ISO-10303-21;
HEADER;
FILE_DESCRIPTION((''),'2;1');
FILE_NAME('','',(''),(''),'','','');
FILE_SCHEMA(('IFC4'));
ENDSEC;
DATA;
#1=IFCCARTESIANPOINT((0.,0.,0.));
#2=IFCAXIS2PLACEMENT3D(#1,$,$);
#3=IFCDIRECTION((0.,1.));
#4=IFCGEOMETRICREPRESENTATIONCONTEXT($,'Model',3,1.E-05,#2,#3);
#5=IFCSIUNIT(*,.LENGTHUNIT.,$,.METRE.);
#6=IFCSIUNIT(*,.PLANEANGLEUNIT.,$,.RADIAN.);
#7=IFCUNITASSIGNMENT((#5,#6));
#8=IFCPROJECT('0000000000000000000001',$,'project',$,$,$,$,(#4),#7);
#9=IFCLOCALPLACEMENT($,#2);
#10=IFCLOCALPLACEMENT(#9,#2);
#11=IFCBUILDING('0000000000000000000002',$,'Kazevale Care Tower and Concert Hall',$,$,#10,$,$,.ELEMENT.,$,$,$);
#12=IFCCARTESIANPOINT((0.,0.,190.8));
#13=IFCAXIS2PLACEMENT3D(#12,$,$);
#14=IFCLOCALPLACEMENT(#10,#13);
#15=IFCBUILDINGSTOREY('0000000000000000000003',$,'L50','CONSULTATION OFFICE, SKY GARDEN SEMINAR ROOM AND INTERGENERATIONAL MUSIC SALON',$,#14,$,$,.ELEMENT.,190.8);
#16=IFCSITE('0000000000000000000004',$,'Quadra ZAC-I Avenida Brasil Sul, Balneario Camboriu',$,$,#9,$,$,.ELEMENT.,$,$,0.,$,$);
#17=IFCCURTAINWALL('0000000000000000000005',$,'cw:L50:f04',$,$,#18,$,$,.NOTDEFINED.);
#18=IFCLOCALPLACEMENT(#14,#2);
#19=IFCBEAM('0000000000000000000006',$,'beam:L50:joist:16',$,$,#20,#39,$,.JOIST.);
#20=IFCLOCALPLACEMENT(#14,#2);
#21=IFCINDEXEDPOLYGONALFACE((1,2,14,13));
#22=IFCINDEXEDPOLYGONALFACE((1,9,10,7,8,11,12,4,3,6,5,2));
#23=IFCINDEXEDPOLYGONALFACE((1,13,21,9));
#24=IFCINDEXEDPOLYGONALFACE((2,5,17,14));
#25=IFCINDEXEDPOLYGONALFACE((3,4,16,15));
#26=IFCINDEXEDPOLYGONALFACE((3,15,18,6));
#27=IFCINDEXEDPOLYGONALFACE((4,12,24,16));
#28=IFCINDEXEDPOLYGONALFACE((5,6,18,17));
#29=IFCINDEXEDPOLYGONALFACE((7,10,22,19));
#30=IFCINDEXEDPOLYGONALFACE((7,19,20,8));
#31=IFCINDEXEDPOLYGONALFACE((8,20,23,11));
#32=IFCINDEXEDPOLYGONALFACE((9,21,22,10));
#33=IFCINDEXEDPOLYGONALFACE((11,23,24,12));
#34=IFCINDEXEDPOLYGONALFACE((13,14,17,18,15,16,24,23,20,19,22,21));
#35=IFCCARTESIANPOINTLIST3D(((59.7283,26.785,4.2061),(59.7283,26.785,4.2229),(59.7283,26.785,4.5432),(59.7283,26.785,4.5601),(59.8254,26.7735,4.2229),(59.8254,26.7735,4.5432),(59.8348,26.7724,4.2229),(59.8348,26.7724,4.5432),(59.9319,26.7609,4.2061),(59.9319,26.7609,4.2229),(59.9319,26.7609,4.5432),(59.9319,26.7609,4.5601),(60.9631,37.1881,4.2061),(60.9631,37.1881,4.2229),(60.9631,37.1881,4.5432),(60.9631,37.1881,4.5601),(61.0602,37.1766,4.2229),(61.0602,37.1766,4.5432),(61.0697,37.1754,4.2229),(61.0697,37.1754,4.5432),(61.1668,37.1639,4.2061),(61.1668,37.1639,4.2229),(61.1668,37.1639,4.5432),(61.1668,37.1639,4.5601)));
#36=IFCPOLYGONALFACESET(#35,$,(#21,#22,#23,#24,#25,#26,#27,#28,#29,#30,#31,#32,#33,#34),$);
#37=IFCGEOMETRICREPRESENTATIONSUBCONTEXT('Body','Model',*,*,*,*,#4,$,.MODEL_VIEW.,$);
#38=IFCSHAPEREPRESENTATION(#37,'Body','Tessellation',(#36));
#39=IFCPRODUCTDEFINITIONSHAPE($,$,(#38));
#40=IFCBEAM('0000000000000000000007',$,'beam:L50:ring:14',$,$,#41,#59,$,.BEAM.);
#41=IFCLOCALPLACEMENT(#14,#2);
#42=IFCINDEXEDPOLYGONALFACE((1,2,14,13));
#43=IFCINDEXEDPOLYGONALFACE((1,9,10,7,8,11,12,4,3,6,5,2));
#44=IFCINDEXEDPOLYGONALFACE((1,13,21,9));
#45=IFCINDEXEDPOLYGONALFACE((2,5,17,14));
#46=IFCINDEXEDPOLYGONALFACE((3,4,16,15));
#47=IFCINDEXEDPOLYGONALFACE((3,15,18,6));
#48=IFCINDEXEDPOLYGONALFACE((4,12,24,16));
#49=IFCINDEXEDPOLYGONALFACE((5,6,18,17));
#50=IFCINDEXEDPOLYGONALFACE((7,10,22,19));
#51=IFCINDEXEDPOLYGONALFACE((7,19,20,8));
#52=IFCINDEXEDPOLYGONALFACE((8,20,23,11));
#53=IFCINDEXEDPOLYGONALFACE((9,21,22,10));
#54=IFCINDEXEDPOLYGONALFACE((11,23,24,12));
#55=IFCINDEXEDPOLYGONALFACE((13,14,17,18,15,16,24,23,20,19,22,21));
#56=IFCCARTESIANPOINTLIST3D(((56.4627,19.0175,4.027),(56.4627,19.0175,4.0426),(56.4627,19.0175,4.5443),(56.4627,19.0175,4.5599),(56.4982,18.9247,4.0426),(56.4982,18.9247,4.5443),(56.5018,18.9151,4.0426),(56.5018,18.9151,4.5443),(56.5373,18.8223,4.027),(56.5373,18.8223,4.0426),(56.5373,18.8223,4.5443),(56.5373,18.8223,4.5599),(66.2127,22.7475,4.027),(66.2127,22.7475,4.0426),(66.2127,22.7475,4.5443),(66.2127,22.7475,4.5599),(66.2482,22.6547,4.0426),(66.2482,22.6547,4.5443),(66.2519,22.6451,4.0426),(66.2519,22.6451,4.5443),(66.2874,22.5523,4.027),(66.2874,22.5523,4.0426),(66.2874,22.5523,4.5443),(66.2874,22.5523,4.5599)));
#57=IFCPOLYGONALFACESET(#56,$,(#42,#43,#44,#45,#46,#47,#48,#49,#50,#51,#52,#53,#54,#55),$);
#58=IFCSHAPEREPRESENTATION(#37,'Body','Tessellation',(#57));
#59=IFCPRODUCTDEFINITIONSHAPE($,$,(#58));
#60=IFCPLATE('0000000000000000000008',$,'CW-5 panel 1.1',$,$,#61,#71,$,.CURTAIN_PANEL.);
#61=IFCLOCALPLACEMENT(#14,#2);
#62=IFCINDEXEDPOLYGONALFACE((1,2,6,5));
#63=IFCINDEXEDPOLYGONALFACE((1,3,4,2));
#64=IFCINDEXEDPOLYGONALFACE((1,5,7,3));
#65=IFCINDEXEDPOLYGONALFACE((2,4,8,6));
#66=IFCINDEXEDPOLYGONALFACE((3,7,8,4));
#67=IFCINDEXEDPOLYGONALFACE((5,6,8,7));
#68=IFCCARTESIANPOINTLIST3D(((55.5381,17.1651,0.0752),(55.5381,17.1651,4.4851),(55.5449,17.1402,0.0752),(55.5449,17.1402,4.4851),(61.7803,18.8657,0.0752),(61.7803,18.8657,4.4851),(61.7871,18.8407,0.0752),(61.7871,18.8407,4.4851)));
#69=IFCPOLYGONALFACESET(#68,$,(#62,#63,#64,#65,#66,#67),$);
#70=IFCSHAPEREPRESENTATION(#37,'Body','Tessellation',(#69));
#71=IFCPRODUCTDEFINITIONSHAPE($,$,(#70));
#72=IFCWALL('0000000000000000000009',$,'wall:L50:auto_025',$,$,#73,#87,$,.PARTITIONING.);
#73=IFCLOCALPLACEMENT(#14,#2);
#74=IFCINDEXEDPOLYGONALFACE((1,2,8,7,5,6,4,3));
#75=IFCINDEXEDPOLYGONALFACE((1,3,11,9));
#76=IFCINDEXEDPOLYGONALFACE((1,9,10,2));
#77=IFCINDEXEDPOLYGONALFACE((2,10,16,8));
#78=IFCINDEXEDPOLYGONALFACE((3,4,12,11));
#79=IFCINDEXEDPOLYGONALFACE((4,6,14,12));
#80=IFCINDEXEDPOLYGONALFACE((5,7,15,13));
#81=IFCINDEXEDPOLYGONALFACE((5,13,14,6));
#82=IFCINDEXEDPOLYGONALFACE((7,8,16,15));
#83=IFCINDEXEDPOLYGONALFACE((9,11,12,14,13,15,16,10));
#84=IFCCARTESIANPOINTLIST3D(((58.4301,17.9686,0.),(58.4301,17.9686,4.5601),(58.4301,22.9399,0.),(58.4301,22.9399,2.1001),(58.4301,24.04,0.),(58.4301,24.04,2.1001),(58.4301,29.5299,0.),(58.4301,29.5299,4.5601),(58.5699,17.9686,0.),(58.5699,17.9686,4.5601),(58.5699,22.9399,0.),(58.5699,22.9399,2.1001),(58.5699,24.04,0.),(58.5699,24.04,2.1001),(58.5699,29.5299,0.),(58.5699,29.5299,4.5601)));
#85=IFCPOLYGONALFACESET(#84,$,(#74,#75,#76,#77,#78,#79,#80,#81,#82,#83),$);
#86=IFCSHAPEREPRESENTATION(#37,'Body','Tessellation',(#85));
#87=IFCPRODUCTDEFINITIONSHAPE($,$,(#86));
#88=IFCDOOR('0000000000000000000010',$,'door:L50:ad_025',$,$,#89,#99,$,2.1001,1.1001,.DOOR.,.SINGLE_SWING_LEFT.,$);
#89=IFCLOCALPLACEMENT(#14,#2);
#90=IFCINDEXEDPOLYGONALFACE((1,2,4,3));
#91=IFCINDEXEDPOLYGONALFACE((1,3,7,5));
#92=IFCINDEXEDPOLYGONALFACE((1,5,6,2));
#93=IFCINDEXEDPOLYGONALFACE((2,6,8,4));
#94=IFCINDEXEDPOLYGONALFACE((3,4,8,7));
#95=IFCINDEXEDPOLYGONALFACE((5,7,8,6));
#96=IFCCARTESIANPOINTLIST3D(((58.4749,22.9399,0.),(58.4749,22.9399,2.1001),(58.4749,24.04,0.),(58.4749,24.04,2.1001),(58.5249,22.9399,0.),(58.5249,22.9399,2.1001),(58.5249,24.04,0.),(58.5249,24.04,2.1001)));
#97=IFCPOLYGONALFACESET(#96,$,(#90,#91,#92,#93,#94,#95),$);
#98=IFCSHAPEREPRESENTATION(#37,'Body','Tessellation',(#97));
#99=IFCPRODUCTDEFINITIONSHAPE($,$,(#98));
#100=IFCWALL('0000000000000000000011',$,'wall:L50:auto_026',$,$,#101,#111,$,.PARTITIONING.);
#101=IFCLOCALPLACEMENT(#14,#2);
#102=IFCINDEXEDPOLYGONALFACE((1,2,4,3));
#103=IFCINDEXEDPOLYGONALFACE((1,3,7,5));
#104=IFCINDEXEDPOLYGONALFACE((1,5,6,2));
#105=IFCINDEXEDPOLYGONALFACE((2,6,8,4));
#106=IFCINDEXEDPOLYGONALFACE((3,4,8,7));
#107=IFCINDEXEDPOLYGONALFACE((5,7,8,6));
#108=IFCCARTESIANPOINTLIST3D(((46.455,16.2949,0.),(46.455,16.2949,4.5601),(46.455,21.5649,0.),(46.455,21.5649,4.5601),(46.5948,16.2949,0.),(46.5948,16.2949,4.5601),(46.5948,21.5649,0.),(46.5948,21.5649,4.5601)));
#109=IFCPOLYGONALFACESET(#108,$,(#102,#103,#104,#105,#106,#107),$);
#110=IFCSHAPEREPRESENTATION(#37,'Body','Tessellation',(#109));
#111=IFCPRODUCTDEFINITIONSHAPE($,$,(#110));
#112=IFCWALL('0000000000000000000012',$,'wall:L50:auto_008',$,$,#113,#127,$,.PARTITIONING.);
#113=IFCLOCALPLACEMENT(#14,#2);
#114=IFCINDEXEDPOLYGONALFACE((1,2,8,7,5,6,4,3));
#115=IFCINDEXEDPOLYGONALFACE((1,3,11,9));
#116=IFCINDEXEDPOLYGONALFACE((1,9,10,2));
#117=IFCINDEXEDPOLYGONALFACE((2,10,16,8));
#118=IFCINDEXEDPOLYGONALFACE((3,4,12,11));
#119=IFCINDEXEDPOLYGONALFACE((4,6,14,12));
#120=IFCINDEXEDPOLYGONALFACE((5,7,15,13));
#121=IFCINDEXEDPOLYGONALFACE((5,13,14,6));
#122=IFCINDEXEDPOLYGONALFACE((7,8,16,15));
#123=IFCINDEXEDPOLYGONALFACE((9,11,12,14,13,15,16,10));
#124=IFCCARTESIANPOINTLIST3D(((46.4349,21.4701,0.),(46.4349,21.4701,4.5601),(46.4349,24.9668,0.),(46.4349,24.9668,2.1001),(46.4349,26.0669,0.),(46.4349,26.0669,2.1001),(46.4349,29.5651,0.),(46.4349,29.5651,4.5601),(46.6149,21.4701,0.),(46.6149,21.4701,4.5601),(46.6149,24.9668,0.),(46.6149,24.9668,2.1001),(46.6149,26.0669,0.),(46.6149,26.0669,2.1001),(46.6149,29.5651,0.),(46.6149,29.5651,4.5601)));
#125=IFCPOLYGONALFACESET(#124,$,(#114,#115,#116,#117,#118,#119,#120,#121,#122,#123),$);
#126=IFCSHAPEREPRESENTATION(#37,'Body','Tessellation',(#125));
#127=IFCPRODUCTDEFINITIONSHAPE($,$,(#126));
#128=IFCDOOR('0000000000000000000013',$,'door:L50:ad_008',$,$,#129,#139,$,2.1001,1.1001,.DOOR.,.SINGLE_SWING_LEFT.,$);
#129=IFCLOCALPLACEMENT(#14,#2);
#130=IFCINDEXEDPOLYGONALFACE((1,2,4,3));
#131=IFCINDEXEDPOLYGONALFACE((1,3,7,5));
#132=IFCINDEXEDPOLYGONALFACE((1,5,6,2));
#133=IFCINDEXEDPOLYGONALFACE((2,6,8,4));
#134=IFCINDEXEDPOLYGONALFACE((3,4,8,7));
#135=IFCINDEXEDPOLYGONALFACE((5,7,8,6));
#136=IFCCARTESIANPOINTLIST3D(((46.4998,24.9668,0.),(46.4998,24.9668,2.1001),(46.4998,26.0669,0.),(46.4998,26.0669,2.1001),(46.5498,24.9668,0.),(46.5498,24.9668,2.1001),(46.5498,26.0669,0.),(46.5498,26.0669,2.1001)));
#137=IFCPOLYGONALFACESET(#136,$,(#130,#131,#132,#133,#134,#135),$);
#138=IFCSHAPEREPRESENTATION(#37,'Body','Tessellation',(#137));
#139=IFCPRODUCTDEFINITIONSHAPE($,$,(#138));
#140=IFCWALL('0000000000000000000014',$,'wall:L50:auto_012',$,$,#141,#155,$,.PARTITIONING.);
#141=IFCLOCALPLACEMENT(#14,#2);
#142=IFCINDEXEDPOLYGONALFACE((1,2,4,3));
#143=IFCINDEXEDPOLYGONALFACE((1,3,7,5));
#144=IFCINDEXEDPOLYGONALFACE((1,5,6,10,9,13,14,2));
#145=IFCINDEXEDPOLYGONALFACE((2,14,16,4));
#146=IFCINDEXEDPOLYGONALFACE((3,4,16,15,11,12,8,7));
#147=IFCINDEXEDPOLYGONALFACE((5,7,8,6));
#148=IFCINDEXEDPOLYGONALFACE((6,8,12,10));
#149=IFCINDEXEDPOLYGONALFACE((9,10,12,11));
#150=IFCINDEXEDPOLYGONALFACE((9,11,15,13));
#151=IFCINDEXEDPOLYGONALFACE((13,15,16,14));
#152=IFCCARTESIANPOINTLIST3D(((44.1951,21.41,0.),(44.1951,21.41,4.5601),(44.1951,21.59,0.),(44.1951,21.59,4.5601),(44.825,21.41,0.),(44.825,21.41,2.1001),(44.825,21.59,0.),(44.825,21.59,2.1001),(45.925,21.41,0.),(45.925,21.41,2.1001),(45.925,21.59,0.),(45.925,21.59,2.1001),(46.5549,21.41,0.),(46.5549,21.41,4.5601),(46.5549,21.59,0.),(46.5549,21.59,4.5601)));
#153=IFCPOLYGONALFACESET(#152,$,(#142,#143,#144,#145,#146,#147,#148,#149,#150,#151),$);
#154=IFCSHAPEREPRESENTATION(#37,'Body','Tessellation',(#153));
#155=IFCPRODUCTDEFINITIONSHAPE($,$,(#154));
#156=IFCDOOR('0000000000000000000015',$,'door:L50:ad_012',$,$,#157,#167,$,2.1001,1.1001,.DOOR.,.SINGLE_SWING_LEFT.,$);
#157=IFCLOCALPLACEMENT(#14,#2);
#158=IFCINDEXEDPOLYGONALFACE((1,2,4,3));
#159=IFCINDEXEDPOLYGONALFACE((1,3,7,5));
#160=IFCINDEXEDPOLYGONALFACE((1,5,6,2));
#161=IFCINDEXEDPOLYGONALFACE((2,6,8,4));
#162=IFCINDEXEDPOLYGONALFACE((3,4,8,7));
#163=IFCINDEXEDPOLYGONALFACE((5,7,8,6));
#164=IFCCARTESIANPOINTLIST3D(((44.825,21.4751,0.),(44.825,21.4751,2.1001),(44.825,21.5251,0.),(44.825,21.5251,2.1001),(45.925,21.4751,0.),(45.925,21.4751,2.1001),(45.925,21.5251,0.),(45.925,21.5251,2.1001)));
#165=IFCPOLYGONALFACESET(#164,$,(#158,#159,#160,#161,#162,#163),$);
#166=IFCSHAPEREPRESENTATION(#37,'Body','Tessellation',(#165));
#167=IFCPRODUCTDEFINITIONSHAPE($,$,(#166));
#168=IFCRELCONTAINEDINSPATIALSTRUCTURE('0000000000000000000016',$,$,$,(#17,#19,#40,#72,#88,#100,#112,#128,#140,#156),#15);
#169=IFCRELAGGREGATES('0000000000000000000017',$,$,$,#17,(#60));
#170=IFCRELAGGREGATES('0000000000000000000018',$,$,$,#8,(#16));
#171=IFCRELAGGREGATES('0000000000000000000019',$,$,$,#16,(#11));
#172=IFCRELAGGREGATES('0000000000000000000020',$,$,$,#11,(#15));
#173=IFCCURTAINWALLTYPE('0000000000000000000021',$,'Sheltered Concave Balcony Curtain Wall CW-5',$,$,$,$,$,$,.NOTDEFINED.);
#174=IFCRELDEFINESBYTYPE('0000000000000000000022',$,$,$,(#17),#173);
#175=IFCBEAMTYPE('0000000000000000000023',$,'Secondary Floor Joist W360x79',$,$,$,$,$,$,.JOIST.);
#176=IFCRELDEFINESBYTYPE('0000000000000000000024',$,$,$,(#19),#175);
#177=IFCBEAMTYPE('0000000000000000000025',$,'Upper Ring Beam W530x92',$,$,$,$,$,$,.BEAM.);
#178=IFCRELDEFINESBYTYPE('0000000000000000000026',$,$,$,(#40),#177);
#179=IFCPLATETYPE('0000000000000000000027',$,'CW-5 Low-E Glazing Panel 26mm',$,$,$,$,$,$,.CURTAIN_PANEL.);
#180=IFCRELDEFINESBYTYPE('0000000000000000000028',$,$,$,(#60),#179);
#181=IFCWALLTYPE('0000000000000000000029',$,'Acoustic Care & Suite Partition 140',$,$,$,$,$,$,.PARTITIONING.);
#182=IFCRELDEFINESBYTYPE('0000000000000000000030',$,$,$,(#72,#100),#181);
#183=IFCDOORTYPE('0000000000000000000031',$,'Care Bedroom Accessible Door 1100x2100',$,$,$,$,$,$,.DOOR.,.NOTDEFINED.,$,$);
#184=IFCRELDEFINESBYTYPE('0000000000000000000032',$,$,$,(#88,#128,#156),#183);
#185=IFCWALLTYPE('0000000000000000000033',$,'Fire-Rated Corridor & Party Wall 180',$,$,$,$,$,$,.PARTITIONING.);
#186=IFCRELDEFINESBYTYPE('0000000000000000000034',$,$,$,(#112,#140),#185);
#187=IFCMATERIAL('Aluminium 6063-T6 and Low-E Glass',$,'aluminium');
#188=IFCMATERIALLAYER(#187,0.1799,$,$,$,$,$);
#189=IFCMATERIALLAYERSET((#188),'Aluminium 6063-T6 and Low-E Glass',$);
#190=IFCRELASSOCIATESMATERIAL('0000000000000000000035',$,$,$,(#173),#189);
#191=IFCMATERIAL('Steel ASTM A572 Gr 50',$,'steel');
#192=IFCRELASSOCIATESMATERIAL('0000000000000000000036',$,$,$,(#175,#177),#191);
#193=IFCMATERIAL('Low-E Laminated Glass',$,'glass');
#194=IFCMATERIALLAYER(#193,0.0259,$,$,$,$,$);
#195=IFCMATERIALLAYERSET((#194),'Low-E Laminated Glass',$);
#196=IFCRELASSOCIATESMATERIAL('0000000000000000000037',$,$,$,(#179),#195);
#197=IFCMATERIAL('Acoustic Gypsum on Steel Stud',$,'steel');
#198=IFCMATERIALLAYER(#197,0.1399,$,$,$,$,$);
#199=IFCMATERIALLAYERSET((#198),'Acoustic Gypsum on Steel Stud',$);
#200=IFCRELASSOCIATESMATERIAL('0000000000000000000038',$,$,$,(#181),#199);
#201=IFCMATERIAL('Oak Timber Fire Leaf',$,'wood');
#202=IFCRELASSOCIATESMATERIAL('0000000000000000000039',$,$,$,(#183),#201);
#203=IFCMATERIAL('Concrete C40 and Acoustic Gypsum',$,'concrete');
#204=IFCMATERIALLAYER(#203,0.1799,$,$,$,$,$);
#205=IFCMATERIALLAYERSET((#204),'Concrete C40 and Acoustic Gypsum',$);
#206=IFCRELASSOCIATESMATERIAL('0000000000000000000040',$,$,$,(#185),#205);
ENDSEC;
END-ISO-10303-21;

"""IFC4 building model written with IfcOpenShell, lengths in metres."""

from ifc_helpers import new_model, si_unit, direction, frame, frame_2d, origin, origin_2d, place, context, subcontext, project, spatial, rectangle, i_section, extrude, material, layer, layer_set, material_profile, profile_set, type_object, element, fill, aggregate, save


model = new_model("IFC4")

# Units and contexts
model_context = context("Model", 3, precision=1e-05, world=origin(), true_north=direction((0.0, 1.0)))
body_context = subcontext(model_context, "Body", "Model", "MODEL_VIEW")
ifc_project = project(units=[si_unit("LENGTHUNIT", "METRE"), si_unit("PLANEANGLEUNIT", "RADIAN")], contexts=[model_context])

# Site, building, storey
site_placement = place(None, origin())
site = spatial("IfcSite", under=ifc_project, at=site_placement, Name="Quadra ZAC-I Avenida Brasil Sul, Balneario Camboriu", CompositionType="ELEMENT", RefElevation=0.0)
building_placement = place(site_placement, origin())
building = spatial("IfcBuilding", under=site, at=building_placement, Name="Kazevale Care Tower and Concert Hall", CompositionType="ELEMENT")
storey_placement = place(building_placement, frame((0.0, 0.0, 190.8)))
storey = spatial("IfcBuildingStorey", under=building, at=storey_placement, Name="L50", Description="CONSULTATION OFFICE, SKY GARDEN SEMINAR ROOM AND INTERGENERATIONAL MUSIC SALON", CompositionType="ELEMENT", Elevation=190.8)

# Curtain wall
ifc_material_1 = material(Name="Aluminium 6063-T6 and Low-E Glass", Category="aluminium")
ifc_layer_1 = layer(ifc_material_1, 0.1799)
ifc_layer_set_1 = layer_set([ifc_layer_1], Name="Aluminium 6063-T6 and Low-E Glass")
curtain_wall_type = type_object("IfcCurtainWallType", Name="Sheltered Concave Balcony Curtain Wall CW-5", PredefinedType="NOTDEFINED", material=ifc_layer_set_1)
curtain_wall_1_placement = place(storey_placement, origin())
curtain_wall_1 = element("IfcCurtainWall", 1, at=curtain_wall_1_placement, inside=storey, type_object=curtain_wall_type, Name="cw:L50:f04", PredefinedType="NOTDEFINED")

# Beams
ifc_material_2 = material(Name="Steel ASTM A572 Gr 50", Category="steel")
ifc_material_profile_1 = material_profile(ifc_material_2, i_section(OverallWidth=0.2051, OverallDepth=0.354, WebThickness=0.0095, FlangeThickness=0.0168, at=origin_2d()), Name="W360x79")
ifc_profile_set_1 = profile_set([ifc_material_profile_1], Name="Steel ASTM A572 Gr 50")
beam_type_1 = type_object("IfcBeamType", Name="Secondary Floor Joist W360x79", PredefinedType="JOIST", material=ifc_profile_set_1)
beam_1_placement = place(storey_placement, frame((59.8301, 26.7729, 4.3831), z_axis=(0.117874, 0.993029, 0.0), x_axis=(-0.993029, 0.117874, 0.0)))
element("IfcBeam", 2, at=beam_1_placement, inside=storey, type_object=beam_type_1, Name="beam:L50:joist:16", PredefinedType="JOIST", context=body_context, shape_type="SweptSolid", body=[
    extrude(i_section(OverallWidth=0.2051, OverallDepth=0.354, WebThickness=0.0095, FlangeThickness=0.0168, at=origin_2d()), origin(), (0.0, 0.0, 1.0), 10.4761),
])
ifc_material_profile_2 = material_profile(ifc_material_2, i_section(OverallWidth=0.209, OverallDepth=0.533, WebThickness=0.0103, FlangeThickness=0.0156, at=origin_2d()), Name="W530x92")
ifc_profile_set_2 = profile_set([ifc_material_profile_2], Name="Steel ASTM A572 Gr 50")
beam_type_2 = type_object("IfcBeamType", Name="Upper Ring Beam W530x92", PredefinedType="BEAM", material=ifc_profile_set_2)
beam_2_placement = place(storey_placement, frame((56.5, 18.9199, 4.2935), z_axis=(0.933987, 0.357308, 0.0), x_axis=(-0.357308, 0.933987, 0.0)))
element("IfcBeam", 3, at=beam_2_placement, inside=storey, type_object=beam_type_2, Name="beam:L50:ring:14", PredefinedType="BEAM", context=body_context, shape_type="SweptSolid", body=[
    extrude(i_section(OverallWidth=0.209, OverallDepth=0.533, WebThickness=0.0103, FlangeThickness=0.0156, at=origin_2d()), origin(), (0.0, 0.0, 1.0), 10.4392),
])

# Plate
ifc_material_3 = material(Name="Low-E Laminated Glass", Category="glass")
ifc_layer_2 = layer(ifc_material_3, 0.0259)
ifc_layer_set_2 = layer_set([ifc_layer_2], Name="Low-E Laminated Glass")
plate_type = type_object("IfcPlateType", Name="CW-5 Low-E Glazing Panel 26mm", PredefinedType="CURTAIN_PANEL", material=ifc_layer_set_2)
plate_placement = place(storey_placement, frame((58.6626, 18.0029, 0.0752), z_axis=(0.0, 0.0, 1.0), x_axis=(-0.964837, -0.262849, 0.0)))
plate = element("IfcPlate", 4, at=plate_placement, type_object=plate_type, Name="CW-5 panel 1.1", PredefinedType="CURTAIN_PANEL", context=body_context, shape_type="SweptSolid", body=[
    extrude(rectangle(XDim=6.4697, YDim=0.0259, at=origin_2d()), origin(), (0.0, 0.0, 1.0), 4.4099),
])
aggregate(curtain_wall_1, [plate])

# Wall, opening, door
ifc_material_4 = material(Name="Acoustic Gypsum on Steel Stud", Category="steel")
ifc_layer_3 = layer(ifc_material_4, 0.1399)
ifc_layer_set_3 = layer_set([ifc_layer_3], Name="Acoustic Gypsum on Steel Stud")
wall_type_1 = type_object("IfcWallType", Name="Acoustic Care & Suite Partition 140", PredefinedType="PARTITIONING", material=ifc_layer_set_3)
wall_1_placement = place(storey_placement, frame((58.5, 29.53, 0.0), z_axis=(0.0, 0.0, 1.0), x_axis=(0.0, -1.0, 0.0)))
wall_1 = element("IfcWall", 5, at=wall_1_placement, inside=storey, type_object=wall_type_1, Name="wall:L50:auto_025", PredefinedType="PARTITIONING", context=body_context, shape_type="SweptSolid", body=[
    extrude(rectangle(XDim=11.5613, YDim=0.1399, at=frame_2d((5.7808, 0.0))), origin(), (0.0, 0.0, 1.0), 4.5601),
])
opening_1_placement = place(wall_1_placement, frame((5.49, 0.0, 0.0)))
opening_1 = element("IfcOpeningElement", 6, at=opening_1_placement, cuts=wall_1, PredefinedType="OPENING", context=body_context, shape_type="SweptSolid", body=[
    extrude(rectangle(XDim=1.1001, YDim=2.1001, at=frame_2d((0.55, 1.05))), frame((0.0, 0.0798, 0.0), z_axis=(0.0, -1.0, 0.0), x_axis=(1.0, 0.0, 0.0)), (0.0, 0.0, 1.0), 0.1599),
])
ifc_material_5 = material(Name="Oak Timber Fire Leaf", Category="wood")
door_type_1 = type_object("IfcDoorType", Name="Care Bedroom Accessible Door 1100x2100", OperationType="NOTDEFINED", PredefinedType="DOOR", material=ifc_material_5)
door_1_placement = place(opening_1_placement, origin())
door_1 = element("IfcDoor", 7, at=door_1_placement, inside=storey, type_object=door_type_1, Name="door:L50:ad_025", OperationType="SINGLE_SWING_LEFT", OverallHeight=2.1001, OverallWidth=1.1001, PredefinedType="DOOR", context=body_context, shape_type="SweptSolid", body=[
    extrude(rectangle(XDim=1.1001, YDim=2.1001, at=frame_2d((0.55, 1.05))), frame((0.0, 0.0249, 0.0), z_axis=(0.0, -1.0, 0.0), x_axis=(1.0, 0.0, 0.0)), (0.0, 0.0, 1.0), 0.05),
])
fill(opening_1, door_1)

# Wall
wall_2_placement = place(storey_placement, frame((46.5249, 16.2949, 0.0), z_axis=(0.0, 0.0, 1.0), x_axis=(0.0, 1.0, 0.0)))
element("IfcWall", 8, at=wall_2_placement, inside=storey, type_object=wall_type_1, Name="wall:L50:auto_026", PredefinedType="PARTITIONING", context=body_context, shape_type="SweptSolid", body=[
    extrude(rectangle(XDim=5.27, YDim=0.1399, at=frame_2d((2.635, 0.0))), origin(), (0.0, 0.0, 1.0), 4.5601),
])

# Walls, openings, doors
ifc_material_6 = material(Name="Concrete C40 and Acoustic Gypsum", Category="concrete")
ifc_layer_4 = layer(ifc_material_6, 0.1799)
ifc_layer_set_4 = layer_set([ifc_layer_4], Name="Concrete C40 and Acoustic Gypsum")
wall_type_2 = type_object("IfcWallType", Name="Fire-Rated Corridor & Party Wall 180", PredefinedType="PARTITIONING", material=ifc_layer_set_4)
wall_3_placement = place(storey_placement, frame((46.5249, 29.5649, 0.0), z_axis=(0.0, 0.0, 1.0), x_axis=(0.0, -1.0, 0.0)))
wall_3 = element("IfcWall", 9, at=wall_3_placement, inside=storey, type_object=wall_type_2, Name="wall:L50:auto_008", PredefinedType="PARTITIONING", context=body_context, shape_type="SweptSolid", body=[
    extrude(rectangle(XDim=8.095, YDim=0.1799, at=frame_2d((4.0474, 0.0))), origin(), (0.0, 0.0, 1.0), 4.5601),
])
opening_2_placement = place(wall_3_placement, frame((3.498, 0.0, 0.0)))
opening_2 = element("IfcOpeningElement", 10, at=opening_2_placement, cuts=wall_3, PredefinedType="OPENING", context=body_context, shape_type="SweptSolid", body=[
    extrude(rectangle(XDim=1.1001, YDim=2.1001, at=frame_2d((0.55, 1.05))), frame((0.0, 0.0999, 0.0), z_axis=(0.0, -1.0, 0.0), x_axis=(1.0, 0.0, 0.0)), (0.0, 0.0, 1.0), 0.2),
])
door_2_placement = place(opening_2_placement, origin())
door_2 = element("IfcDoor", 11, at=door_2_placement, inside=storey, type_object=door_type_1, Name="door:L50:ad_008", OperationType="SINGLE_SWING_LEFT", OverallHeight=2.1001, OverallWidth=1.1001, PredefinedType="DOOR", context=body_context, shape_type="SweptSolid", body=[
    extrude(rectangle(XDim=1.1001, YDim=2.1001, at=frame_2d((0.55, 1.05))), frame((0.0, 0.0249, 0.0), z_axis=(0.0, -1.0, 0.0), x_axis=(1.0, 0.0, 0.0)), (0.0, 0.0, 1.0), 0.05),
])
fill(opening_2, door_2)
wall_4_placement = place(storey_placement, frame((46.5549, 21.5, 0.0), z_axis=(0.0, 0.0, 1.0), x_axis=(-1.0, 0.0, 0.0)))
wall_4 = element("IfcWall", 12, at=wall_4_placement, inside=storey, type_object=wall_type_2, Name="wall:L50:auto_012", PredefinedType="PARTITIONING", context=body_context, shape_type="SweptSolid", body=[
    extrude(rectangle(XDim=2.3599, YDim=0.1799, at=frame_2d((1.1799, 0.0))), origin(), (0.0, 0.0, 1.0), 4.5601),
])
opening_3_placement = place(wall_4_placement, frame((0.6299, 0.0, 0.0)))
opening_3 = element("IfcOpeningElement", 13, at=opening_3_placement, cuts=wall_4, PredefinedType="OPENING", context=body_context, shape_type="SweptSolid", body=[
    extrude(rectangle(XDim=1.1001, YDim=2.1001, at=frame_2d((0.55, 1.05))), frame((0.0, 0.0999, 0.0), z_axis=(0.0, -1.0, 0.0), x_axis=(1.0, 0.0, 0.0)), (0.0, 0.0, 1.0), 0.2),
])
door_3_placement = place(opening_3_placement, origin())
door_3 = element("IfcDoor", 14, at=door_3_placement, inside=storey, type_object=door_type_1, Name="door:L50:ad_012", OperationType="SINGLE_SWING_LEFT", OverallHeight=2.1001, OverallWidth=1.1001, PredefinedType="DOOR", context=body_context, shape_type="SweptSolid", body=[
    extrude(rectangle(XDim=1.1001, YDim=2.1001, at=frame_2d((0.55, 1.05))), frame((0.0, 0.0249, 0.0), z_axis=(0.0, -1.0, 0.0), x_axis=(1.0, 0.0, 0.0)), (0.0, 0.0, 1.0), 0.05),
])
fill(opening_3, door_3)

save(model, "model.ifc")
